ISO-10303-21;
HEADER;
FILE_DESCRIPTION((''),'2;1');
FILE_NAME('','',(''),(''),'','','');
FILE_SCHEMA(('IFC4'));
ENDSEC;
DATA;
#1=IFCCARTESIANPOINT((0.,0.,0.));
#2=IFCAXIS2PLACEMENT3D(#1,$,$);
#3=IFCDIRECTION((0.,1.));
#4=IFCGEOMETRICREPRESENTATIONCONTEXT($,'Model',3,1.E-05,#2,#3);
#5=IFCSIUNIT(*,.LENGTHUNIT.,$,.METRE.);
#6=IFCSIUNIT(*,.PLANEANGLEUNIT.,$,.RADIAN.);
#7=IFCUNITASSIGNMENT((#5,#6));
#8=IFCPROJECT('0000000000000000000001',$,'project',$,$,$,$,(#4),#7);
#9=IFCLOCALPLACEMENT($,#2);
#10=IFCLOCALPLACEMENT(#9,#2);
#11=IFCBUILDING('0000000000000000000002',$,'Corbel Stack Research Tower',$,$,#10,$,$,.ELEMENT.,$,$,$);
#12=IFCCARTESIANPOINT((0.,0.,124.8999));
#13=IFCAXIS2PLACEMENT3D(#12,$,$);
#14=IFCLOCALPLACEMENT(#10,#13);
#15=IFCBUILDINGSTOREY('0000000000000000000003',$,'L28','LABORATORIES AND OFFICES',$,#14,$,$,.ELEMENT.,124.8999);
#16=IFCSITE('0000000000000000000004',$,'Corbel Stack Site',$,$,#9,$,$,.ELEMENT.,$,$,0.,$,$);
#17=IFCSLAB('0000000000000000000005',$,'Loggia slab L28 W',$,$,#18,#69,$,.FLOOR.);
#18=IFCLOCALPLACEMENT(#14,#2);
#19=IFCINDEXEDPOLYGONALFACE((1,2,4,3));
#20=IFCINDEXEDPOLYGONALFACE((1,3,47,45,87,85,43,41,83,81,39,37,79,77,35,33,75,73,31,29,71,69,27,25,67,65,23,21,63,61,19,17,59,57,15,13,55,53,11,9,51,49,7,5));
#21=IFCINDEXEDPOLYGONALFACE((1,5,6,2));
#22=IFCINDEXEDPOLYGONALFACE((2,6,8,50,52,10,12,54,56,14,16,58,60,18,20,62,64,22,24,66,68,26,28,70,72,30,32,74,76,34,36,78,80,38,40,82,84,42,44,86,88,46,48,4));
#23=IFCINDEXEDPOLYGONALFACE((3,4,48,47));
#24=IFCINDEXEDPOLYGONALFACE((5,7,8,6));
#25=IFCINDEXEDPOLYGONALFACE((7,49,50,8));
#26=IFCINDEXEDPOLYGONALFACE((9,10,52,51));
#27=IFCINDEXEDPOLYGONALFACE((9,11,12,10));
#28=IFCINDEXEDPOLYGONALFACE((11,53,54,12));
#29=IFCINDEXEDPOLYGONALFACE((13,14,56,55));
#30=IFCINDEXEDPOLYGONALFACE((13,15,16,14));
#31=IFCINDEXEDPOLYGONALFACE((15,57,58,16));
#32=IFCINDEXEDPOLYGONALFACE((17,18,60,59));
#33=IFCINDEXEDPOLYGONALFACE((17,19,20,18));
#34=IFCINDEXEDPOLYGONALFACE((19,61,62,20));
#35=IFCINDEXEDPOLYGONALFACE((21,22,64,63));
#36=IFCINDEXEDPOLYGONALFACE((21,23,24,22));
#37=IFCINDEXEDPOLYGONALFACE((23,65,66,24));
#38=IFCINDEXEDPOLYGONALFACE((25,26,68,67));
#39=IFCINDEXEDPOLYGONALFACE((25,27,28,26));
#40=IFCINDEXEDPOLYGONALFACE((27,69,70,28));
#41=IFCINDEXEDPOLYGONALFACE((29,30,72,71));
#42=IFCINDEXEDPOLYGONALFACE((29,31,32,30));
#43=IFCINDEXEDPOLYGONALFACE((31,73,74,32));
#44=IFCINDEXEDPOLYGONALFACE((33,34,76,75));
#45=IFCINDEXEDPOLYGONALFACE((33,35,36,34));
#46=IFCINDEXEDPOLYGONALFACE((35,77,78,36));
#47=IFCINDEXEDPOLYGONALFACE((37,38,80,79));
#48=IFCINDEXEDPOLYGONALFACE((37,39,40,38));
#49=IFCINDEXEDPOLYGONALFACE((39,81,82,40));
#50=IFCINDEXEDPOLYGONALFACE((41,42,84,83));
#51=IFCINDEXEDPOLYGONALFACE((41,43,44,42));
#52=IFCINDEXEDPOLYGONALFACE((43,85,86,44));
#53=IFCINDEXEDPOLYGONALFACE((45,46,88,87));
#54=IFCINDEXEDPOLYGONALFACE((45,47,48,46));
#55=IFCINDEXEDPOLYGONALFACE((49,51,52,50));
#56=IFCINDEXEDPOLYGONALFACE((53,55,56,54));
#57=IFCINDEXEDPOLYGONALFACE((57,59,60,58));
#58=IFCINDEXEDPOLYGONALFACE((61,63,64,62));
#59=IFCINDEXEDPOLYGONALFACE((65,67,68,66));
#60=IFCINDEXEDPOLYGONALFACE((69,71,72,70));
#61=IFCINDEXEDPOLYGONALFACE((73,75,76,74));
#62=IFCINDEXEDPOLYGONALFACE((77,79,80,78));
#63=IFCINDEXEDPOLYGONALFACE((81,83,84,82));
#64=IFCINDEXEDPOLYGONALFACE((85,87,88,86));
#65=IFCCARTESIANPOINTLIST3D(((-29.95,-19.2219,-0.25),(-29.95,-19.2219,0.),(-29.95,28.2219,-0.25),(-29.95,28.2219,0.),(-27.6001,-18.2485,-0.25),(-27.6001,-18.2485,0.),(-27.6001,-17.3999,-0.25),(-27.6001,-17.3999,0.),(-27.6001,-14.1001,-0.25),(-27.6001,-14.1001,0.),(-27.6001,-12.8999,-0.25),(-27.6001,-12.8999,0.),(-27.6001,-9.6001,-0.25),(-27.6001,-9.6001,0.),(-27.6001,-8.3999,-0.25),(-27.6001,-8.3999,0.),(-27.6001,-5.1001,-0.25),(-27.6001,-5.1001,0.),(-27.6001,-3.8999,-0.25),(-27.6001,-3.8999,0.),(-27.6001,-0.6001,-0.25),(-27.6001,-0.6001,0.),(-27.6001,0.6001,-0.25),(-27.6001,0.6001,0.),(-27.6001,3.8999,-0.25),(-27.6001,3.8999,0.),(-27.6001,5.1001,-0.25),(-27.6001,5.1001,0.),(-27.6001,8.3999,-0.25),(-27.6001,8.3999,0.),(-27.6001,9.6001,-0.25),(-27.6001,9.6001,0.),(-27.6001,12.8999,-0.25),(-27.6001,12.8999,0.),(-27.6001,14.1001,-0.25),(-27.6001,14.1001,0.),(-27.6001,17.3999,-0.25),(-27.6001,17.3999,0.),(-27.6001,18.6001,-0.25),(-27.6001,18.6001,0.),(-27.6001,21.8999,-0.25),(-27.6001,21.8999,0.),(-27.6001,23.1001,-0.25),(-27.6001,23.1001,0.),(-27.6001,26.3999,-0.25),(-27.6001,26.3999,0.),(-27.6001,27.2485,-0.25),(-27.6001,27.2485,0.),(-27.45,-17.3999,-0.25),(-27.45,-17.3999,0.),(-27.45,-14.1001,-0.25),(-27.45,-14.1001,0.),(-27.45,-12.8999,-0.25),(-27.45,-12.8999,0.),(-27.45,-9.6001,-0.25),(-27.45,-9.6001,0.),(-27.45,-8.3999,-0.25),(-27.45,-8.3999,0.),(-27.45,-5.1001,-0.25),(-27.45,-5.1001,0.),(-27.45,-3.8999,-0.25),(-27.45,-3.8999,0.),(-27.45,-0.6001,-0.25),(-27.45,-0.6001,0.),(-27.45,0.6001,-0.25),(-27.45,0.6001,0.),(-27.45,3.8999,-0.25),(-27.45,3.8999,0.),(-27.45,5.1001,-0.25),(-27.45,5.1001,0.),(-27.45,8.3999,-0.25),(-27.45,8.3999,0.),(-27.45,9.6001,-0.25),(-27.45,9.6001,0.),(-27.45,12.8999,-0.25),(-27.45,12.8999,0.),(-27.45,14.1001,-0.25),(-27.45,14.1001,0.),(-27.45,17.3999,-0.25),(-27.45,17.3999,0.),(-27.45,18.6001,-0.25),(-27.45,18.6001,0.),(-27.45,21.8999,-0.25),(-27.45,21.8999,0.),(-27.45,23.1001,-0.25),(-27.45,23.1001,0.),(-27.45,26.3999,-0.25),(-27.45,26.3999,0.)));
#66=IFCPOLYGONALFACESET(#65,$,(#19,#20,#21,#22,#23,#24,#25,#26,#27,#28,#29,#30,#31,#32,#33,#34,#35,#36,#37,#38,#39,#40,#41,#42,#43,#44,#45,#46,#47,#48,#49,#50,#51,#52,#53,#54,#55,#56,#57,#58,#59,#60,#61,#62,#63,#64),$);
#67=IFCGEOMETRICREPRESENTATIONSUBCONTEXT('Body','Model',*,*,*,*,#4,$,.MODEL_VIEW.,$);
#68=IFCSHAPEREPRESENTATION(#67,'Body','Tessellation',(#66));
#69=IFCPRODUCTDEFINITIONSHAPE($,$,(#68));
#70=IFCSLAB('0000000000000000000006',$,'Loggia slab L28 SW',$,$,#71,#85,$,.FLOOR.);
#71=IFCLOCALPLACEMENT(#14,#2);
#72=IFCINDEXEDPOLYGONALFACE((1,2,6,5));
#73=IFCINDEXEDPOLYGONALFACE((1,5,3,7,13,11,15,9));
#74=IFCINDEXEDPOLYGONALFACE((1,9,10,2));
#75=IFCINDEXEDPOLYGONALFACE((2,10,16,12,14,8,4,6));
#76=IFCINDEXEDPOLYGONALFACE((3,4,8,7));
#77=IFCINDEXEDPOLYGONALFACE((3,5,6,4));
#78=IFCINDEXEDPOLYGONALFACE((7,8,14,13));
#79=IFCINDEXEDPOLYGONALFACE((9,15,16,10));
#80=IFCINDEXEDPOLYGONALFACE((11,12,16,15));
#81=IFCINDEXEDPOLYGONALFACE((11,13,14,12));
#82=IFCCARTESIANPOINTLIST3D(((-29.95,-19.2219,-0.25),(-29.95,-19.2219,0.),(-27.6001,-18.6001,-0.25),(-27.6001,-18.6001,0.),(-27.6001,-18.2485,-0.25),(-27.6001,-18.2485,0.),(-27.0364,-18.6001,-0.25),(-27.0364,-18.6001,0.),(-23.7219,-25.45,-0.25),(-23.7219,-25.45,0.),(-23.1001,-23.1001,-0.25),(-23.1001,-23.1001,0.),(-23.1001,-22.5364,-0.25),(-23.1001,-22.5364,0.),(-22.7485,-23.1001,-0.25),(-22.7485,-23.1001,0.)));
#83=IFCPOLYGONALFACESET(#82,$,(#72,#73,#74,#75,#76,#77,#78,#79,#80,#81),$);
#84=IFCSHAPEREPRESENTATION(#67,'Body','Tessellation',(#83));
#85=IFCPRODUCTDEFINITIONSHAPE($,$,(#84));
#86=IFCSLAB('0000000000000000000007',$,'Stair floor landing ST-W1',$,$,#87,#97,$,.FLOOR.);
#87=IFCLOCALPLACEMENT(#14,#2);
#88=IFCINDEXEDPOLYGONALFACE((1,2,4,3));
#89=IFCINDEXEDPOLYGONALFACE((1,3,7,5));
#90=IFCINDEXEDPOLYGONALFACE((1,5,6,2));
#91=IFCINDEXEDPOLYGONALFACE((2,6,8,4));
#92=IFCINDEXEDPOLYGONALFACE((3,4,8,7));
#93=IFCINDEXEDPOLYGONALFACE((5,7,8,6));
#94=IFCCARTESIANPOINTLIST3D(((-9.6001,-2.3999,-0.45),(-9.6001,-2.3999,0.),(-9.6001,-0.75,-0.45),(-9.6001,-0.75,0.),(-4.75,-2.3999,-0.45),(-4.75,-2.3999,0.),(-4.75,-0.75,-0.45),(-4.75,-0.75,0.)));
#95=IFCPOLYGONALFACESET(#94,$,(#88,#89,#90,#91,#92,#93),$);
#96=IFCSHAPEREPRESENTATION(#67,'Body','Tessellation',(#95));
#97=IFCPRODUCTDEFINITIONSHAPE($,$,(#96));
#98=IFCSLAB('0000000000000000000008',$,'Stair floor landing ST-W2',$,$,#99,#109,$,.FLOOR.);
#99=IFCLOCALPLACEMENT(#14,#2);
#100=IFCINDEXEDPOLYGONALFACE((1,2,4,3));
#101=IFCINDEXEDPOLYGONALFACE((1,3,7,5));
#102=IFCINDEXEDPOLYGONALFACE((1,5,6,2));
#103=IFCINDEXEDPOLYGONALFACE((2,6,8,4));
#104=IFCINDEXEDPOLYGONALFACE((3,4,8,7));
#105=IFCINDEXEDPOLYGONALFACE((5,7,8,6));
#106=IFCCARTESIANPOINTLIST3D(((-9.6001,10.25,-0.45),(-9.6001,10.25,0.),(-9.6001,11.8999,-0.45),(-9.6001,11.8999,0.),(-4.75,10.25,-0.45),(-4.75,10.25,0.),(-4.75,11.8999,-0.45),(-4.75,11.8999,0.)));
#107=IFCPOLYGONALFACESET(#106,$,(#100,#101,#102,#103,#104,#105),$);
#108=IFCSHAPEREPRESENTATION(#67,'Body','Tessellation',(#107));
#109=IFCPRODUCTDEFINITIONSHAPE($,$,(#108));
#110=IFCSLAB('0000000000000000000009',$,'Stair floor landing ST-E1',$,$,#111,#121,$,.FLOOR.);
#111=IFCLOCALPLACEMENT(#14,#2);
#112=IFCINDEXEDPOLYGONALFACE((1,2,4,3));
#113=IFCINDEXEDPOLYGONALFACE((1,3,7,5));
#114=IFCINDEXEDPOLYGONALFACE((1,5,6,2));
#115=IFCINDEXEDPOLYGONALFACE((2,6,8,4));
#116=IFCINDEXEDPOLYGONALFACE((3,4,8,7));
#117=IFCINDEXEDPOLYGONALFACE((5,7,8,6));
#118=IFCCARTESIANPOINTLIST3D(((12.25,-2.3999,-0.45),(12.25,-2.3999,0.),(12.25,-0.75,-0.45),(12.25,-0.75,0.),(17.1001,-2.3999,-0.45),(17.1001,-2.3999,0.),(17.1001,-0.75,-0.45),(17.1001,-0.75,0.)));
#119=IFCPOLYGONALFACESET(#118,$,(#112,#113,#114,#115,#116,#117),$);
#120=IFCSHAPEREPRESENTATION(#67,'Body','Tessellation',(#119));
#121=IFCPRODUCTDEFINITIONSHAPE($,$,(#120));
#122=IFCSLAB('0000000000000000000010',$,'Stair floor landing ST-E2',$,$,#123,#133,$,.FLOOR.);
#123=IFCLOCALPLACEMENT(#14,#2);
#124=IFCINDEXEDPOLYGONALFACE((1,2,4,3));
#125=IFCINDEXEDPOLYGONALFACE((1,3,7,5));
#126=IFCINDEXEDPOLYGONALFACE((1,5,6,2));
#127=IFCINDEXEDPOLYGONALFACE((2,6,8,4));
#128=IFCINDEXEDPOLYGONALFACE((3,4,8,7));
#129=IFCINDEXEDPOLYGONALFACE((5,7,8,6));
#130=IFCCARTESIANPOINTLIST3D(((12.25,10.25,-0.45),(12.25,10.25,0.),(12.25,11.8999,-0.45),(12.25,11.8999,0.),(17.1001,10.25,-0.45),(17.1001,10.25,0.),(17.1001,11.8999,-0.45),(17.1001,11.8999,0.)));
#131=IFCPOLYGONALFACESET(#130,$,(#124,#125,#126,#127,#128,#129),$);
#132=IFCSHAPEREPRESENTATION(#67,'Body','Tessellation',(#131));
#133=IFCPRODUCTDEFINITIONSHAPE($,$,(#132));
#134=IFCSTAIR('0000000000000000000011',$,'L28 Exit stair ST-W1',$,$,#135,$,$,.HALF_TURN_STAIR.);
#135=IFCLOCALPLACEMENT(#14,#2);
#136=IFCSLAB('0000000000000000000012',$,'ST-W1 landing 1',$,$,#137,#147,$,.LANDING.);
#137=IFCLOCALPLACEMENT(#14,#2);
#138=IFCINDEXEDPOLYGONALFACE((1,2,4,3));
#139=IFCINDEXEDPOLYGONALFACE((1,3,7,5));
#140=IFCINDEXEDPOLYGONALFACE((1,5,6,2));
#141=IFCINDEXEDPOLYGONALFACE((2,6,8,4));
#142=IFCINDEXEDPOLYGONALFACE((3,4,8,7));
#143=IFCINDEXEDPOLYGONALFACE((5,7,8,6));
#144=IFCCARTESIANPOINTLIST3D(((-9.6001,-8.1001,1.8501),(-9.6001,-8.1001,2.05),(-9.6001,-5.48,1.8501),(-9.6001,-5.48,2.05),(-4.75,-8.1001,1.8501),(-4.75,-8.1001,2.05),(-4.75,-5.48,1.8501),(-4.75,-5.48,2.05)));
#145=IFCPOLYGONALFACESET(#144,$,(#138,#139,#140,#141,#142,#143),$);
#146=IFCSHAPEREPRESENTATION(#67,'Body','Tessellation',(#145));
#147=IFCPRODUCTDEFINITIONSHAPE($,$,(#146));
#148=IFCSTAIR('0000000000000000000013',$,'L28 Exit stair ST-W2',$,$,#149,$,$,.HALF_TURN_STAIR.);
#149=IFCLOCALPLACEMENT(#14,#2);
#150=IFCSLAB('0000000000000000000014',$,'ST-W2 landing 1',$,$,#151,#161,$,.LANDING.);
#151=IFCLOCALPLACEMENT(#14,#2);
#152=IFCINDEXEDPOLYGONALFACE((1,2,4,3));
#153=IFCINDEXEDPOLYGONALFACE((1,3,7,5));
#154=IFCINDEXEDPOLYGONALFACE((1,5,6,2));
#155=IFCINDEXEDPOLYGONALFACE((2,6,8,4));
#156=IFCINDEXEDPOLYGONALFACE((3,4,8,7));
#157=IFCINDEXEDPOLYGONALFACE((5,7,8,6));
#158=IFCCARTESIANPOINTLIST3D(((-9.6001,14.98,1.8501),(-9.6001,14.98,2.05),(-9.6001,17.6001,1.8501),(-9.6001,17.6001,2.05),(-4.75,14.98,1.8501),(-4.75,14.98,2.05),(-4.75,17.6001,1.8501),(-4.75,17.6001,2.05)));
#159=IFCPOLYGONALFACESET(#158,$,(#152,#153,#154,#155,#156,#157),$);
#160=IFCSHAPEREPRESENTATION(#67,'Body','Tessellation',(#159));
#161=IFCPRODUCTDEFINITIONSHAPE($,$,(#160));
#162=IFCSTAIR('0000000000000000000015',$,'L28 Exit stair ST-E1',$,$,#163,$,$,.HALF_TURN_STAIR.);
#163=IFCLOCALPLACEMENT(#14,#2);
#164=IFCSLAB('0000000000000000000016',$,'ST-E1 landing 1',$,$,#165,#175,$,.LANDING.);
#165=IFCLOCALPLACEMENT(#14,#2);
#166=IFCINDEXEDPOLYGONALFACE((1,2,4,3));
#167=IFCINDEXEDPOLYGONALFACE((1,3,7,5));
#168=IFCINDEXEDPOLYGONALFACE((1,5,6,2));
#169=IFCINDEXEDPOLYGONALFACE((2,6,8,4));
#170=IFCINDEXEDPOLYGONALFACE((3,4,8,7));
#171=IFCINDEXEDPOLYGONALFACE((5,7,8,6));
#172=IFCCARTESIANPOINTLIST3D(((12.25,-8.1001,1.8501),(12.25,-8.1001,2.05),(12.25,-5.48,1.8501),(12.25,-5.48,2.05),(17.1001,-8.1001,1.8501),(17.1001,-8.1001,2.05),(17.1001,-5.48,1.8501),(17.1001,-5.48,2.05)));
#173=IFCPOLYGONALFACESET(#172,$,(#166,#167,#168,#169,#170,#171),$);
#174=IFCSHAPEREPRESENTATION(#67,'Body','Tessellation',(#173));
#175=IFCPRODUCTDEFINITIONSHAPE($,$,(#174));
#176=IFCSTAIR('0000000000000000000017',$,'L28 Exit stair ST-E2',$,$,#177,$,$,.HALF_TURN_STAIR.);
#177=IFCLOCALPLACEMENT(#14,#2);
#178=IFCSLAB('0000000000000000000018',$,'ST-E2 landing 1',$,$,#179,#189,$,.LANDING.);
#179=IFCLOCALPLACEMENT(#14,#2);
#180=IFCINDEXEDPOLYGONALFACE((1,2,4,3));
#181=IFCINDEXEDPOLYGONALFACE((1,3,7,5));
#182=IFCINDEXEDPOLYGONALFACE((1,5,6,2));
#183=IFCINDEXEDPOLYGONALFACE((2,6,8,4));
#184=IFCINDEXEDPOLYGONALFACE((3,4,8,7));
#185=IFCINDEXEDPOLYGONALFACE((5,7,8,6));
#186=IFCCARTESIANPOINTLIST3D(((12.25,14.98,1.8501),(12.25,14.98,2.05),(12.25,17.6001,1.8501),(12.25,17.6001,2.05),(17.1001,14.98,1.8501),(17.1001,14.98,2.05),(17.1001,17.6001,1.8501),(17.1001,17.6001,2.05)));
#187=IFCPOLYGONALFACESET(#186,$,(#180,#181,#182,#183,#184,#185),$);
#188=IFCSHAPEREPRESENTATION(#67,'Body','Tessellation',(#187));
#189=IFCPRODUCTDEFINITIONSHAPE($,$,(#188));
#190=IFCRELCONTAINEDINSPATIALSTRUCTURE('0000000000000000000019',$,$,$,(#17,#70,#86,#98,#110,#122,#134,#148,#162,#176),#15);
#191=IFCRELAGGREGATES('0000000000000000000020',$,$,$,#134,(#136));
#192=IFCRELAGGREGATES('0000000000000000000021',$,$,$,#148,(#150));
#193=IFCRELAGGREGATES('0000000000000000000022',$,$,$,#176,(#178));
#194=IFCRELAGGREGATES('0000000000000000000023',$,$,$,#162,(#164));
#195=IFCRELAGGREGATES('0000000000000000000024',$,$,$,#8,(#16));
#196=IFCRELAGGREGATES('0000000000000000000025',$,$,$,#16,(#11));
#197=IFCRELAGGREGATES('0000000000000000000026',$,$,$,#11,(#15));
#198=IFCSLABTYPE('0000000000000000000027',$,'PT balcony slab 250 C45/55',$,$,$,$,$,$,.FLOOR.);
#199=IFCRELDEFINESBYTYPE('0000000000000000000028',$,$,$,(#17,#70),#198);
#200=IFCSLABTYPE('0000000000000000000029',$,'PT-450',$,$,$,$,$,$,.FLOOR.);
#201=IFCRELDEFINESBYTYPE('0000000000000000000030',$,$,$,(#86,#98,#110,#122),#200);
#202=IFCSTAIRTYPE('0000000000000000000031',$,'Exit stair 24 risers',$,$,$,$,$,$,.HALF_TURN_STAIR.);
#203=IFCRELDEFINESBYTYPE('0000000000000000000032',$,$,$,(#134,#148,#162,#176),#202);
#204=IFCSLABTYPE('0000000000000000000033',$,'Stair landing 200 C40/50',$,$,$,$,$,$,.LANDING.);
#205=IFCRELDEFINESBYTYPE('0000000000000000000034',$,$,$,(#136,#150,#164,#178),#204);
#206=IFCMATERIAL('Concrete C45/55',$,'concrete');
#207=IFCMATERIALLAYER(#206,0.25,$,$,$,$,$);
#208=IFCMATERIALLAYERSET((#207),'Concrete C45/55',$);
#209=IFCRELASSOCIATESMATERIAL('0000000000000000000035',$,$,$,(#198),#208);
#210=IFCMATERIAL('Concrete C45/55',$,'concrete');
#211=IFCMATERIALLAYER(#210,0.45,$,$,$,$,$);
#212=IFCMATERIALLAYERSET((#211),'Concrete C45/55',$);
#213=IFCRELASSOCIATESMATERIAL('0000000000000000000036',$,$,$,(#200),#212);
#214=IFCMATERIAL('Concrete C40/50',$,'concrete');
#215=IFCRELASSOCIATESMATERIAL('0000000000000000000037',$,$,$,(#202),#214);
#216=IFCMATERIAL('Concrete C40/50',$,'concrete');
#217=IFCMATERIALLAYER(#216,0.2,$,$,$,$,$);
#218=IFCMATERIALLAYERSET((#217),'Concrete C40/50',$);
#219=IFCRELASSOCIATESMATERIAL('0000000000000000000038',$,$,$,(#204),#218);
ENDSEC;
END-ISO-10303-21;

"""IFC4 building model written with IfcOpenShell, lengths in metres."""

from ifc_helpers import new_model, si_unit, direction, frame, origin, place, context, subcontext, project, spatial, polyline, outline, extrude, material, layer, layer_set, type_object, element, aggregate, save


model = new_model("IFC4")

# Units and contexts
model_context = context("Model", 3, precision=1e-05, world=origin(), true_north=direction((0.0, 1.0)))
body_context = subcontext(model_context, "Body", "Model", "MODEL_VIEW")
ifc_project = project(units=[si_unit("LENGTHUNIT", "METRE"), si_unit("PLANEANGLEUNIT", "RADIAN")], contexts=[model_context])

# Site, building, storey
site_placement = place(None, origin())
site = spatial("IfcSite", under=ifc_project, at=site_placement, Name="Corbel Stack Site", CompositionType="ELEMENT", RefElevation=0.0)
building_placement = place(site_placement, origin())
building = spatial("IfcBuilding", under=site, at=building_placement, Name="Corbel Stack Research Tower", CompositionType="ELEMENT")
storey_placement = place(building_placement, frame((0.0, 0.0, 124.8999)))
storey = spatial("IfcBuildingStorey", under=building, at=storey_placement, Name="L28", Description="LABORATORIES AND OFFICES", CompositionType="ELEMENT", Elevation=124.8999)

# Slabs
ifc_material_1 = material(Name="Concrete C45/55", Category="concrete")
ifc_layer_1 = layer(ifc_material_1, 0.25)
ifc_layer_set_1 = layer_set([ifc_layer_1], Name="Concrete C45/55")
slab_type_1 = type_object("IfcSlabType", Name="PT balcony slab 250 C45/55", PredefinedType="FLOOR", material=ifc_layer_set_1)
slab_1_placement = place(storey_placement, frame((0.0, 0.0, -0.25)))
element("IfcSlab", 1, at=slab_1_placement, inside=storey, type_object=slab_type_1, Name="Loggia slab L28 W", PredefinedType="FLOOR", context=body_context, shape_type="SweptSolid", body=[
    extrude(outline(polyline([(-27.6001, -18.2485), (-27.6001, -17.3999), (-27.45, -17.3999), (-27.45, -14.1001), (-27.6001, -14.1001), (-27.6001, -12.8999), (-27.45, -12.8999), (-27.45, -9.6001), (-27.6001, -9.6001), (-27.6001, -8.3999), (-27.45, -8.3999), (-27.45, -5.1001), (-27.6001, -5.1001), (-27.6001, -3.8999), (-27.45, -3.8999), (-27.45, -0.6001), (-27.6001, -0.6001), (-27.6001, 0.6001), (-27.45, 0.6001), (-27.45, 3.8999), (-27.6001, 3.8999), (-27.6001, 5.1001), (-27.45, 5.1001), (-27.45, 8.3999), (-27.6001, 8.3999), (-27.6001, 9.6001), (-27.45, 9.6001), (-27.45, 12.8999), (-27.6001, 12.8999), (-27.6001, 14.1001), (-27.45, 14.1001), (-27.45, 17.3999), (-27.6001, 17.3999), (-27.6001, 18.6001), (-27.45, 18.6001), (-27.45, 21.8999), (-27.6001, 21.8999), (-27.6001, 23.1001), (-27.45, 23.1001), (-27.45, 26.3999), (-27.6001, 26.3999), (-27.6001, 27.2485), (-29.95, 28.2219), (-29.95, -19.2219), (-27.6001, -18.2485)])), origin(), (0.0, 0.0, 1.0), 0.25),
])
slab_2_placement = place(storey_placement, frame((0.0, 0.0, -0.25)))
element("IfcSlab", 2, at=slab_2_placement, inside=storey, type_object=slab_type_1, Name="Loggia slab L28 SW", PredefinedType="FLOOR", context=body_context, shape_type="SweptSolid", body=[
    extrude(outline(polyline([(-22.7485, -23.1001), (-23.1001, -23.1001), (-23.1001, -22.5364), (-27.0364, -18.6001), (-27.6001, -18.6001), (-27.6001, -18.2485), (-29.95, -19.2219), (-23.7219, -25.45), (-22.7485, -23.1001)])), origin(), (0.0, 0.0, 1.0), 0.25),
])
ifc_material_2 = material(Name="Concrete C45/55", Category="concrete")
ifc_layer_2 = layer(ifc_material_2, 0.45)
ifc_layer_set_2 = layer_set([ifc_layer_2], Name="Concrete C45/55")
slab_type_2 = type_object("IfcSlabType", Name="PT-450", PredefinedType="FLOOR", material=ifc_layer_set_2)
slab_3_placement = place(storey_placement, frame((0.0, 0.0, -0.45)))
element("IfcSlab", 3, at=slab_3_placement, inside=storey, type_object=slab_type_2, Name="Stair floor landing ST-W1", PredefinedType="FLOOR", context=body_context, shape_type="SweptSolid", body=[
    extrude(outline(polyline([(-9.6001, -2.3999), (-4.75, -2.3999), (-4.75, -0.75), (-9.6001, -0.75), (-9.6001, -2.3999)])), origin(), (0.0, 0.0, 1.0), 0.45),
])
slab_4_placement = place(storey_placement, frame((0.0, 0.0, -0.45)))
element("IfcSlab", 4, at=slab_4_placement, inside=storey, type_object=slab_type_2, Name="Stair floor landing ST-W2", PredefinedType="FLOOR", context=body_context, shape_type="SweptSolid", body=[
    extrude(outline(polyline([(-9.6001, 10.25), (-4.75, 10.25), (-4.75, 11.8999), (-9.6001, 11.8999), (-9.6001, 10.25)])), origin(), (0.0, 0.0, 1.0), 0.45),
])
slab_5_placement = place(storey_placement, frame((0.0, 0.0, -0.45)))
element("IfcSlab", 5, at=slab_5_placement, inside=storey, type_object=slab_type_2, Name="Stair floor landing ST-E1", PredefinedType="FLOOR", context=body_context, shape_type="SweptSolid", body=[
    extrude(outline(polyline([(12.25, -2.3999), (17.1001, -2.3999), (17.1001, -0.75), (12.25, -0.75), (12.25, -2.3999)])), origin(), (0.0, 0.0, 1.0), 0.45),
])
slab_6_placement = place(storey_placement, frame((0.0, 0.0, -0.45)))
element("IfcSlab", 6, at=slab_6_placement, inside=storey, type_object=slab_type_2, Name="Stair floor landing ST-E2", PredefinedType="FLOOR", context=body_context, shape_type="SweptSolid", body=[
    extrude(outline(polyline([(12.25, 10.25), (17.1001, 10.25), (17.1001, 11.8999), (12.25, 11.8999), (12.25, 10.25)])), origin(), (0.0, 0.0, 1.0), 0.45),
])

# Stairs, slabs
ifc_material_3 = material(Name="Concrete C40/50", Category="concrete")
stair_type = type_object("IfcStairType", Name="Exit stair 24 risers", PredefinedType="HALF_TURN_STAIR", material=ifc_material_3)
stair_1_placement = place(storey_placement, origin())
stair_1 = element("IfcStair", 7, at=stair_1_placement, inside=storey, type_object=stair_type, Name="L28 Exit stair ST-W1", PredefinedType="HALF_TURN_STAIR")
ifc_material_4 = material(Name="Concrete C40/50", Category="concrete")
ifc_layer_3 = layer(ifc_material_4, 0.2)
ifc_layer_set_3 = layer_set([ifc_layer_3], Name="Concrete C40/50")
slab_type_3 = type_object("IfcSlabType", Name="Stair landing 200 C40/50", PredefinedType="LANDING", material=ifc_layer_set_3)
slab_7_placement = place(storey_placement, frame((0.0, 0.0, 1.8501)))
slab_7 = element("IfcSlab", 8, at=slab_7_placement, type_object=slab_type_3, Name="ST-W1 landing 1", PredefinedType="LANDING", context=body_context, shape_type="SweptSolid", body=[
    extrude(outline(polyline([(-9.6001, -8.1001), (-9.6001, -5.48), (-4.75, -5.48), (-4.75, -8.1001), (-9.6001, -8.1001)])), origin(), (0.0, 0.0, 1.0), 0.2),
])
aggregate(stair_1, [slab_7])
stair_2_placement = place(storey_placement, origin())
stair_2 = element("IfcStair", 9, at=stair_2_placement, inside=storey, type_object=stair_type, Name="L28 Exit stair ST-W2", PredefinedType="HALF_TURN_STAIR")
slab_8_placement = place(storey_placement, frame((0.0, 0.0, 1.8501)))
slab_8 = element("IfcSlab", 10, at=slab_8_placement, type_object=slab_type_3, Name="ST-W2 landing 1", PredefinedType="LANDING", context=body_context, shape_type="SweptSolid", body=[
    extrude(outline(polyline([(-9.6001, 14.98), (-9.6001, 17.6001), (-4.75, 17.6001), (-4.75, 14.98), (-9.6001, 14.98)])), origin(), (0.0, 0.0, 1.0), 0.2),
])
aggregate(stair_2, [slab_8])
stair_3_placement = place(storey_placement, origin())
stair_3 = element("IfcStair", 11, at=stair_3_placement, inside=storey, type_object=stair_type, Name="L28 Exit stair ST-E1", PredefinedType="HALF_TURN_STAIR")
slab_9_placement = place(storey_placement, frame((0.0, 0.0, 1.8501)))
slab_9 = element("IfcSlab", 12, at=slab_9_placement, type_object=slab_type_3, Name="ST-E1 landing 1", PredefinedType="LANDING", context=body_context, shape_type="SweptSolid", body=[
    extrude(outline(polyline([(12.25, -8.1001), (12.25, -5.48), (17.1001, -5.48), (17.1001, -8.1001), (12.25, -8.1001)])), origin(), (0.0, 0.0, 1.0), 0.2),
])
stair_4_placement = place(storey_placement, origin())
stair_4 = element("IfcStair", 13, at=stair_4_placement, inside=storey, type_object=stair_type, Name="L28 Exit stair ST-E2", PredefinedType="HALF_TURN_STAIR")
slab_10_placement = place(storey_placement, frame((0.0, 0.0, 1.8501)))
slab_10 = element("IfcSlab", 14, at=slab_10_placement, type_object=slab_type_3, Name="ST-E2 landing 1", PredefinedType="LANDING", context=body_context, shape_type="SweptSolid", body=[
    extrude(outline(polyline([(12.25, 14.98), (12.25, 17.6001), (17.1001, 17.6001), (17.1001, 14.98), (12.25, 14.98)])), origin(), (0.0, 0.0, 1.0), 0.2),
])
aggregate(stair_4, [slab_10])

aggregate(stair_3, [slab_9])

save(model, "model.ifc")
